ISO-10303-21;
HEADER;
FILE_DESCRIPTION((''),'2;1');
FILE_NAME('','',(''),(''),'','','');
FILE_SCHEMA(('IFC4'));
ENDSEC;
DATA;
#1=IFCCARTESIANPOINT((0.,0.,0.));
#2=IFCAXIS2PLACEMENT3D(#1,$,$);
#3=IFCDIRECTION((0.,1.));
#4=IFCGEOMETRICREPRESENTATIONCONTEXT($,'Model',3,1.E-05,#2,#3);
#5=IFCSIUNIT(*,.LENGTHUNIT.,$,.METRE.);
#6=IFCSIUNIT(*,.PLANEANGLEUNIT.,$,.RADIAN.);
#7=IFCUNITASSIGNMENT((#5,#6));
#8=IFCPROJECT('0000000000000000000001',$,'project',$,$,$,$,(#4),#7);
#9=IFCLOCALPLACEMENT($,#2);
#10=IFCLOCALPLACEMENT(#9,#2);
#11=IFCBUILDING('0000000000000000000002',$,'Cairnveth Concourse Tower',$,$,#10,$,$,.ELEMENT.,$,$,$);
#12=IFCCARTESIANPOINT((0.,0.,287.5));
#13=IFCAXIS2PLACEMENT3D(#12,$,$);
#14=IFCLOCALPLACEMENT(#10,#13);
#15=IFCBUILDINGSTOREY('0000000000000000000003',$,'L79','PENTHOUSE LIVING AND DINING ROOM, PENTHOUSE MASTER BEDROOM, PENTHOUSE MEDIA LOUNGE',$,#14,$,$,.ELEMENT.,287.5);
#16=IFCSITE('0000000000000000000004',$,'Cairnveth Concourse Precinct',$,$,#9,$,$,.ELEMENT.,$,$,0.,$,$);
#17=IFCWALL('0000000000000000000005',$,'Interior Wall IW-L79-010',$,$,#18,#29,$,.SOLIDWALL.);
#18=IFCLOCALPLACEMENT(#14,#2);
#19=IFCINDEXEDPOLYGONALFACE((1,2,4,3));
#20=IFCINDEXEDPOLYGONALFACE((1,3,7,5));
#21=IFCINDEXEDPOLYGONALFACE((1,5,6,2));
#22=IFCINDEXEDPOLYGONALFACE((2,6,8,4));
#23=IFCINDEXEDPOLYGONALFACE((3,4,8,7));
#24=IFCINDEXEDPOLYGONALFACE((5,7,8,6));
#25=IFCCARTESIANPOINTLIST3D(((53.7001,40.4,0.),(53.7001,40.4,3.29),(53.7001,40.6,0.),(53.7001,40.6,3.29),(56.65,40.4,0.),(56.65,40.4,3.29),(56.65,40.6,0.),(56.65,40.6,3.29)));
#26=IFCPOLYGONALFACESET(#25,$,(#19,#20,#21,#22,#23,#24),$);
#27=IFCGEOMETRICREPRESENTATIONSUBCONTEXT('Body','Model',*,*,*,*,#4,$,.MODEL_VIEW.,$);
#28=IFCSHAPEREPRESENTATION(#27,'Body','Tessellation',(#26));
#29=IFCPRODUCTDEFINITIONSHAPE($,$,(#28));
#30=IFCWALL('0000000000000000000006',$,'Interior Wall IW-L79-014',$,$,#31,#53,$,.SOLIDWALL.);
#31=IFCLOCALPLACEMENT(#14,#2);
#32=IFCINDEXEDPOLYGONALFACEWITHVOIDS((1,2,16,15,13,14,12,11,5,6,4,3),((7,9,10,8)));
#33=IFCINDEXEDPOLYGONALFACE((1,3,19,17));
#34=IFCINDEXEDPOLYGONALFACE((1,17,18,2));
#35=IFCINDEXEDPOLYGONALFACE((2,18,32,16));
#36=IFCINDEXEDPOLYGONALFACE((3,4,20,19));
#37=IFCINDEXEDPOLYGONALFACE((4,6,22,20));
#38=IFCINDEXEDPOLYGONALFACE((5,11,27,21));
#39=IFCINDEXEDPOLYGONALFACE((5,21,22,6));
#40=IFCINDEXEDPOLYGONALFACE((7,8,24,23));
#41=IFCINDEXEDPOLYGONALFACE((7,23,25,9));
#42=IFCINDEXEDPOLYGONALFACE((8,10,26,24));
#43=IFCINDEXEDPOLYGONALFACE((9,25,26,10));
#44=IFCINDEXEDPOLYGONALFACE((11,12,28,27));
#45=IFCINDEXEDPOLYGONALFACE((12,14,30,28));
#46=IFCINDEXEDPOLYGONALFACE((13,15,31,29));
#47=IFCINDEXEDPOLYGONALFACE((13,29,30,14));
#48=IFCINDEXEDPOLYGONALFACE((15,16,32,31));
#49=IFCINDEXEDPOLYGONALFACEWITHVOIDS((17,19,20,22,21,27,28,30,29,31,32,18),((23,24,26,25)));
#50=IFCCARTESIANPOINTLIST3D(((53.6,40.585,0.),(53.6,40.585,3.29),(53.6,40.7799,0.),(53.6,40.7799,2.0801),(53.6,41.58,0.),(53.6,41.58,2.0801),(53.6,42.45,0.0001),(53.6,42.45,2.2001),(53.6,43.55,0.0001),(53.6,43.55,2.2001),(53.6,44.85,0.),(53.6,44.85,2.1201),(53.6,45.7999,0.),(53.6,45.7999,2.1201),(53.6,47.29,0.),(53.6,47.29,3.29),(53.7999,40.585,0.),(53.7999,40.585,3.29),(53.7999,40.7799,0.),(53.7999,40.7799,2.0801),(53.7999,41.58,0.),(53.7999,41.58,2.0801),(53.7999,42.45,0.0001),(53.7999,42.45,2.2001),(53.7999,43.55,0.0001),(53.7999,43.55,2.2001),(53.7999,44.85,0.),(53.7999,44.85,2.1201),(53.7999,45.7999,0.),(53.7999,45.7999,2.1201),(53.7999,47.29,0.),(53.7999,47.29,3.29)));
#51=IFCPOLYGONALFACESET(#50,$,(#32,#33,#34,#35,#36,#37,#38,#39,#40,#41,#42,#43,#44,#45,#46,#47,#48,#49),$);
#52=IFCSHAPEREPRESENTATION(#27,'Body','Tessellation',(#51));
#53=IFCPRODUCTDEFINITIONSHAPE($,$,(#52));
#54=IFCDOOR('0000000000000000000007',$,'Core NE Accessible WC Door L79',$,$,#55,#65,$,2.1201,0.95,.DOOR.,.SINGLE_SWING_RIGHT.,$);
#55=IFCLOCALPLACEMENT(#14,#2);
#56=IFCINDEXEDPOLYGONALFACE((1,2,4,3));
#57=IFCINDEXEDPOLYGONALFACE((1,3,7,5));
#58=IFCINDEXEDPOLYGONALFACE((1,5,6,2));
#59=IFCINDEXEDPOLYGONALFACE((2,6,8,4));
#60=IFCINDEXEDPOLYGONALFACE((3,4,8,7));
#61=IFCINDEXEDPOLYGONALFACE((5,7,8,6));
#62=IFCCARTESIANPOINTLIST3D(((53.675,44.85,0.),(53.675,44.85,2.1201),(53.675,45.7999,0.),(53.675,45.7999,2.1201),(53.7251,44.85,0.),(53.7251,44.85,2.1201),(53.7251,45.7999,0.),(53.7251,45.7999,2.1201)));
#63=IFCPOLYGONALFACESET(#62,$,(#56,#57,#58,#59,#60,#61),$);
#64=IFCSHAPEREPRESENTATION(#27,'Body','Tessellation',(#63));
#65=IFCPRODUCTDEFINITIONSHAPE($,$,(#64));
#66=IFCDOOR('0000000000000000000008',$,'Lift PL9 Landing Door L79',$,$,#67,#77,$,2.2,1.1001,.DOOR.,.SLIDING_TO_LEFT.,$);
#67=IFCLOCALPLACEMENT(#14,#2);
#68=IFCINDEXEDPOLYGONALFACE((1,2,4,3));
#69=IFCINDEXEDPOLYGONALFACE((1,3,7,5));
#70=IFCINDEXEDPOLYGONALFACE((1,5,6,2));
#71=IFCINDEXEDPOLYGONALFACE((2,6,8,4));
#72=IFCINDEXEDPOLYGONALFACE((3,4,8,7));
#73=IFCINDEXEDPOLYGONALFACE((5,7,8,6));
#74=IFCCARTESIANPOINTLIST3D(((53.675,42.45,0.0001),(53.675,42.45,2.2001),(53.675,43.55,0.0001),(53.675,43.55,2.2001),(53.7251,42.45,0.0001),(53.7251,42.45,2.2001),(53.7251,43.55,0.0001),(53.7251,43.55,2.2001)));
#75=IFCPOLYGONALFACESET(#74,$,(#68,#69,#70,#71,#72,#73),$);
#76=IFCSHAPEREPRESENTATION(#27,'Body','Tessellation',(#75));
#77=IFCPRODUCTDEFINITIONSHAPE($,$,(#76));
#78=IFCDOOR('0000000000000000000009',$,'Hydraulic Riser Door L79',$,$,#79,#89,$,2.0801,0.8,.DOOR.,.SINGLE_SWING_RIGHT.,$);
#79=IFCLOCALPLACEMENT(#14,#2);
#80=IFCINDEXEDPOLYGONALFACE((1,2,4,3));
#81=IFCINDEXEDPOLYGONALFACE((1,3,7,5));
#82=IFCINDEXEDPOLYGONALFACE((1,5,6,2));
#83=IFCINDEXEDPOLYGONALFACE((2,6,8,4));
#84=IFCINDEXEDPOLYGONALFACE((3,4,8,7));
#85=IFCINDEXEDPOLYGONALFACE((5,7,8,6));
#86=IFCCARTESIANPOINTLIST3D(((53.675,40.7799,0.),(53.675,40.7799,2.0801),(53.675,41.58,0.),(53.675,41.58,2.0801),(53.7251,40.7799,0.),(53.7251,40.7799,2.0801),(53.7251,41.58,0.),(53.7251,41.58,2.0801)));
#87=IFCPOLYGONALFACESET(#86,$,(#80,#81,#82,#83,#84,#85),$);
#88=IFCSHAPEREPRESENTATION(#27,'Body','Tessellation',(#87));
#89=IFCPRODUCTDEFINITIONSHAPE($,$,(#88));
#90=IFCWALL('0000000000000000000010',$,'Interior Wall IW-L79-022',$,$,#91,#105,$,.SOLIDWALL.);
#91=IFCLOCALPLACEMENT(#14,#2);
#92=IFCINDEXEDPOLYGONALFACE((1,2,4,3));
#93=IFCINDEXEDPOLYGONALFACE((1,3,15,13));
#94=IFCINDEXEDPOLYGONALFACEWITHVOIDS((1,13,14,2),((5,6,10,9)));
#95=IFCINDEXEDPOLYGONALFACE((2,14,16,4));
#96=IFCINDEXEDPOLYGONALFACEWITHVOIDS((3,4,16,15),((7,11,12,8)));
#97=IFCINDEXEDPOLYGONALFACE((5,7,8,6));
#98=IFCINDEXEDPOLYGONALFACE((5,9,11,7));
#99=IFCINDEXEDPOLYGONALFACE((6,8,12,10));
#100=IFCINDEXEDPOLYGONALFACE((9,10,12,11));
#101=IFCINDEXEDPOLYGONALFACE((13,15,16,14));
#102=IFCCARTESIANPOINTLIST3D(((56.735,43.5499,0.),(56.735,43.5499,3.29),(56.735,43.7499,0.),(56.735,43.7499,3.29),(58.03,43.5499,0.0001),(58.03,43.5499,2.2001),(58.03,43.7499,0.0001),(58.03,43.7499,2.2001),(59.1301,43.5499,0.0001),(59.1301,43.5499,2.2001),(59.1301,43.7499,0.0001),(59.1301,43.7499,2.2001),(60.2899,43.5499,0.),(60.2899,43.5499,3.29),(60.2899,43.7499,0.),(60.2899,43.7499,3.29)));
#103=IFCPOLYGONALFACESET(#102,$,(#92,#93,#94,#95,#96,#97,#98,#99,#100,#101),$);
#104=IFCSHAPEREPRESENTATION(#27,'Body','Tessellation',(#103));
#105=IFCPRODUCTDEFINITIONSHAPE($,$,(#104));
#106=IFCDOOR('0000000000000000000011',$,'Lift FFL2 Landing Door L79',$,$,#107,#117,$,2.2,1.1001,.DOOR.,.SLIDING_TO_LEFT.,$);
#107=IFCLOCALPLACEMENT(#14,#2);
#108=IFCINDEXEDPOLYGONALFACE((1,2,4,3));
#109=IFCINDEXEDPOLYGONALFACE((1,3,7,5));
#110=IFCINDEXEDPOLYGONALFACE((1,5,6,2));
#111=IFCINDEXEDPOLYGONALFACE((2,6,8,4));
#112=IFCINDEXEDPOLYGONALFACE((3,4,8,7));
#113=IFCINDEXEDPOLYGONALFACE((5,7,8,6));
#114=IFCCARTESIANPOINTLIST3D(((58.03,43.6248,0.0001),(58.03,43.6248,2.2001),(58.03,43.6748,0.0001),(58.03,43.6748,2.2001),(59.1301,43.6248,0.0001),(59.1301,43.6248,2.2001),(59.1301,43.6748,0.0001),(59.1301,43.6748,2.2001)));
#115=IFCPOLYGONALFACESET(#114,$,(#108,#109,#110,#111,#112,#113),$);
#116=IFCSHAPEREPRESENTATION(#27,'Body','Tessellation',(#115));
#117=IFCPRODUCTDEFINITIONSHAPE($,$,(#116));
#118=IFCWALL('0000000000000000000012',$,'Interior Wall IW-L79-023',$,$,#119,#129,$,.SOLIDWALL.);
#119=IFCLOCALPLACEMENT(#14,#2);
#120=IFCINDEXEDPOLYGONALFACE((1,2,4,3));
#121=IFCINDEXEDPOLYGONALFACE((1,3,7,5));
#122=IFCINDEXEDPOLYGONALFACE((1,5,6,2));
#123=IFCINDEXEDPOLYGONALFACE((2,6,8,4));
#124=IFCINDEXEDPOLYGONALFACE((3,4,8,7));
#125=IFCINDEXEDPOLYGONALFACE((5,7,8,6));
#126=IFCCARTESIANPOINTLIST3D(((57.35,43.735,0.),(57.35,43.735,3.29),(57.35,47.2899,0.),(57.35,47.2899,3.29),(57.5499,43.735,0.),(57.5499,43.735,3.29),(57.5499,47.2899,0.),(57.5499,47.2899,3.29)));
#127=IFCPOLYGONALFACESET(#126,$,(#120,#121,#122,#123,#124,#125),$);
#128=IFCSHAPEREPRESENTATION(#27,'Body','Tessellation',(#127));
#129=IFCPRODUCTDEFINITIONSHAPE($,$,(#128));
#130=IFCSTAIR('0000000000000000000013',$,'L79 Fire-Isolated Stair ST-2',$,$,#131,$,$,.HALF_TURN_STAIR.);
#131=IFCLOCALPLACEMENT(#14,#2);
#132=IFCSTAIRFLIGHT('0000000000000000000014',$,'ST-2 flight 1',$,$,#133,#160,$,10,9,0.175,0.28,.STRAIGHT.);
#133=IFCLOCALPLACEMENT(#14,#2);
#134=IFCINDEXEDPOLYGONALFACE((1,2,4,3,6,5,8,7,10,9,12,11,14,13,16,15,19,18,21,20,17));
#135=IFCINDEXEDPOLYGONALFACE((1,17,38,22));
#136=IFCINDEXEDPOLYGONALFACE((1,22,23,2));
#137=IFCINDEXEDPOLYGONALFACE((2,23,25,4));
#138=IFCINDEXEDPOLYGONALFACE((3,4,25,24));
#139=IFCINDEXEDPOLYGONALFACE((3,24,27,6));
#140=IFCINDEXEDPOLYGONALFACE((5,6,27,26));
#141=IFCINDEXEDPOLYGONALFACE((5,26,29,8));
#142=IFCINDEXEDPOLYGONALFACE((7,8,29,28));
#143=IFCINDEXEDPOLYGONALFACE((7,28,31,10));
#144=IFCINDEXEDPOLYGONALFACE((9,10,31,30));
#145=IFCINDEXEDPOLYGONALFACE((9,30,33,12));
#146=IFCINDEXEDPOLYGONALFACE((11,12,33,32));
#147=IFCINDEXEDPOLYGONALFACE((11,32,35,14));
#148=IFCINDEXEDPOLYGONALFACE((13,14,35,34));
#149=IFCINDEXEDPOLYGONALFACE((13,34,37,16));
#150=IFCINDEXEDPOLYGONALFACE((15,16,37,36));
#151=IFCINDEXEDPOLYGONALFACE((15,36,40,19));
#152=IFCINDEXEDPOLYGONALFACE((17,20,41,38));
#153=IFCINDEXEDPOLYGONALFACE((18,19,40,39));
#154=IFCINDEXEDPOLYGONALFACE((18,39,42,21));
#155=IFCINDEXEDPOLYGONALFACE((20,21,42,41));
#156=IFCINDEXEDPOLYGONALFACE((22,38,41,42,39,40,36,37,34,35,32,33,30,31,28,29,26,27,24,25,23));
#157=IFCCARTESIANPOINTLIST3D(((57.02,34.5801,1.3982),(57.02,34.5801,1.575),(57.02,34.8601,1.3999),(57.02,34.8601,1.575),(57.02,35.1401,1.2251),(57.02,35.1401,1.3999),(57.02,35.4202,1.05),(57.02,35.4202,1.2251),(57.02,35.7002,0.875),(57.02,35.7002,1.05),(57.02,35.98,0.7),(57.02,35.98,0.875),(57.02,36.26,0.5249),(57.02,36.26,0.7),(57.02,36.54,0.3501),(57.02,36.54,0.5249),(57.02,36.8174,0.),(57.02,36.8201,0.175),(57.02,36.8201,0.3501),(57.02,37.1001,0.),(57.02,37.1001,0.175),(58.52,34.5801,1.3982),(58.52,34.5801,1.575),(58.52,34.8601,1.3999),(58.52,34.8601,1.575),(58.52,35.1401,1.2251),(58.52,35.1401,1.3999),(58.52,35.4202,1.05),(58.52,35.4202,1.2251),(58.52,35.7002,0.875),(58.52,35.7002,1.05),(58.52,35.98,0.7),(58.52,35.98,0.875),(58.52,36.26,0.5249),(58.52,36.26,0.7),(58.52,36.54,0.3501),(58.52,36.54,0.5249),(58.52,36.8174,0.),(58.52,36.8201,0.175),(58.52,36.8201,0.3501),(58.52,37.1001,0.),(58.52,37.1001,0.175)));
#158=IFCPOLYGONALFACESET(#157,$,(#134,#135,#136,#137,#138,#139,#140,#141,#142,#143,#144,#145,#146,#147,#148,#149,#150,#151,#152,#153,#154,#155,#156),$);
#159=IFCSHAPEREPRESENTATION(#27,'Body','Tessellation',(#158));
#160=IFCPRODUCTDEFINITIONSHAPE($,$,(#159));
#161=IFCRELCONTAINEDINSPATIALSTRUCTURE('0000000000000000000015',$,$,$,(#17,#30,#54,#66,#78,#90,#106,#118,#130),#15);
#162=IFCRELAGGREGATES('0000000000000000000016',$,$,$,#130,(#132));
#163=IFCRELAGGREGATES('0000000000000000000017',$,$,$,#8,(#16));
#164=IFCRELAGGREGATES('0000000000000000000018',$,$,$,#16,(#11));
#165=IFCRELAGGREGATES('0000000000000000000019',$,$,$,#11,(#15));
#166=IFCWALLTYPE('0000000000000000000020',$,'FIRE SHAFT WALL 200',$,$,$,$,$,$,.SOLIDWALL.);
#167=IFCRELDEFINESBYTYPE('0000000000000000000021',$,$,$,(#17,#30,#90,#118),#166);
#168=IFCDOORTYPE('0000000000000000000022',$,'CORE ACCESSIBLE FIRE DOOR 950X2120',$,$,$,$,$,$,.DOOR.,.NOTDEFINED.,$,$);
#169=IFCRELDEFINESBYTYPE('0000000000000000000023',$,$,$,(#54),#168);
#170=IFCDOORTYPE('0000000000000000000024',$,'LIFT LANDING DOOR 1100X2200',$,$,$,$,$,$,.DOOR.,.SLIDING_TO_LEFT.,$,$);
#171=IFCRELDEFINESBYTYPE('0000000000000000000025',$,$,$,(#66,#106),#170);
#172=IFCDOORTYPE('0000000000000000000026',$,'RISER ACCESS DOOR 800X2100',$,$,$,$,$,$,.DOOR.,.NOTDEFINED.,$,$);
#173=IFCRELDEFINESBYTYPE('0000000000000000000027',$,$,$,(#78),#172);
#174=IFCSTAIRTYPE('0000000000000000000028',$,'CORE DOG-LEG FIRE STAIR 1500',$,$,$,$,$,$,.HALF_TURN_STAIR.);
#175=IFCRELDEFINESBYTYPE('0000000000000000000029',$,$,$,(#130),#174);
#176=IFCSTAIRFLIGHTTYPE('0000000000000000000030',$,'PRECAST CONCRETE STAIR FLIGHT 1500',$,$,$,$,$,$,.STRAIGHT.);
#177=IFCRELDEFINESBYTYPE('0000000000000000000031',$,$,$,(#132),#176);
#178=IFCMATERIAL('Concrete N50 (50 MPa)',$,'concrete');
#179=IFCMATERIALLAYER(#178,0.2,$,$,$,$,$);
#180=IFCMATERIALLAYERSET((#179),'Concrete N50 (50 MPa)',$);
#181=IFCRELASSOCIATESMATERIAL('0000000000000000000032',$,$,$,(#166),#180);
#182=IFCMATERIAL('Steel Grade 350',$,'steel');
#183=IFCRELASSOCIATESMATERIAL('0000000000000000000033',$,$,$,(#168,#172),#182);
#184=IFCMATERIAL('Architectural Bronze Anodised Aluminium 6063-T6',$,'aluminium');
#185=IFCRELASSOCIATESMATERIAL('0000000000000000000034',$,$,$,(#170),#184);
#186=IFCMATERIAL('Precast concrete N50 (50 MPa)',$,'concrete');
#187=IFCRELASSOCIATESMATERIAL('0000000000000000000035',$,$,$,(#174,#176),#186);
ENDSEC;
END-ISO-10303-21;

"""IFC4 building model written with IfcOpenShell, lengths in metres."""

from ifc_helpers import new_model, si_unit, direction, frame, frame_2d, origin, place, context, subcontext, project, spatial, polyline, rectangle, outline, extrude, material, layer, layer_set, type_object, element, fill, aggregate, save


model = new_model("IFC4")

# Units and contexts
model_context = context("Model", 3, precision=1e-05, world=origin(), true_north=direction((0.0, 1.0)))
body_context = subcontext(model_context, "Body", "Model", "MODEL_VIEW")
ifc_project = project(units=[si_unit("LENGTHUNIT", "METRE"), si_unit("PLANEANGLEUNIT", "RADIAN")], contexts=[model_context])

# Site, building, storey
site_placement = place(None, origin())
site = spatial("IfcSite", under=ifc_project, at=site_placement, Name="Cairnveth Concourse Precinct", CompositionType="ELEMENT", RefElevation=0.0)
building_placement = place(site_placement, origin())
building = spatial("IfcBuilding", under=site, at=building_placement, Name="Cairnveth Concourse Tower", CompositionType="ELEMENT")
storey_placement = place(building_placement, frame((0.0, 0.0, 287.5)))
storey = spatial("IfcBuildingStorey", under=building, at=storey_placement, Name="L79", Description="PENTHOUSE LIVING AND DINING ROOM, PENTHOUSE MASTER BEDROOM, PENTHOUSE MEDIA LOUNGE", CompositionType="ELEMENT", Elevation=287.5)

# Shared definitions
ifc_material_1 = material(Name="Steel Grade 350", Category="steel")

# Shared definitions
ifc_material_2 = material(Name="Concrete N50 (50 MPa)", Category="concrete")

# Wall
ifc_layer_1 = layer(ifc_material_2, 0.2)
ifc_layer_set_1 = layer_set([ifc_layer_1], Name="Concrete N50 (50 MPa)")
wall_type_1 = type_object("IfcWallType", Name="FIRE SHAFT WALL 200", PredefinedType="SOLIDWALL", material=ifc_layer_set_1)
for number, where, z_axis, x_axis, name in (
    (1, (53.7, 40.5, 0.0), (0.0, 0.0, 1.0), (1.0, 0.0, 0.0), "Interior Wall IW-L79-010"),
):
    element("IfcWall", number, at=place(storey_placement, frame(where, z_axis=z_axis, x_axis=x_axis)), inside=storey, type_object=wall_type_1, Name=name, PredefinedType="SOLIDWALL", context=body_context, shape_type="SweptSolid", body=[
        extrude(rectangle(XDim=2.95, YDim=0.2, at=frame_2d((1.4751, 0.0))), origin(), (0.0, 0.0, 1.0), 3.29),
    ])

# Wall, openings, doors
wall_1_placement = place(storey_placement, frame((53.7, 40.585, 0.0), z_axis=(0.0, 0.0, 1.0), x_axis=(0.0, 1.0, 0.0)))
wall_1 = element("IfcWall", 2, at=wall_1_placement, inside=storey, type_object=wall_type_1, Name="Interior Wall IW-L79-014", PredefinedType="SOLIDWALL", context=body_context, shape_type="SweptSolid", body=[
    extrude(rectangle(XDim=6.7051, YDim=0.2, at=frame_2d((3.3525, 0.0))), origin(), (0.0, 0.0, 1.0), 3.29),
])
opening_1_placement = place(wall_1_placement, frame((0.1951, 0.0, 0.0)))
opening_1 = element("IfcOpeningElement", 3, at=opening_1_placement, cuts=wall_1, PredefinedType="OPENING", context=body_context, shape_type="SweptSolid", body=[
    extrude(rectangle(XDim=0.8, YDim=2.0801, at=frame_2d((0.3999, 1.04))), frame((0.0, 0.1099, 0.0), z_axis=(0.0, -1.0, 0.0), x_axis=(1.0, 0.0, 0.0)), (0.0, 0.0, 1.0), 0.22),
])
opening_2_placement = place(wall_1_placement, frame((1.865, 0.0, 0.0)))
opening_2 = element("IfcOpeningElement", 4, at=opening_2_placement, cuts=wall_1, PredefinedType="OPENING", context=body_context, shape_type="SweptSolid", body=[
    extrude(rectangle(XDim=1.1001, YDim=2.2, at=frame_2d((0.55, 1.1001))), frame((0.0, 0.1099, 0.0), z_axis=(0.0, -1.0, 0.0), x_axis=(1.0, 0.0, 0.0)), (0.0, 0.0, 1.0), 0.22),
])
opening_3_placement = place(wall_1_placement, frame((4.2649, 0.0, 0.0)))
opening_3 = element("IfcOpeningElement", 5, at=opening_3_placement, cuts=wall_1, PredefinedType="OPENING", context=body_context, shape_type="SweptSolid", body=[
    extrude(rectangle(XDim=0.95, YDim=2.1201, at=frame_2d((0.4751, 1.0601))), frame((0.0, 0.1099, 0.0), z_axis=(0.0, -1.0, 0.0), x_axis=(1.0, 0.0, 0.0)), (0.0, 0.0, 1.0), 0.22),
])
door_type_1 = type_object("IfcDoorType", Name="CORE ACCESSIBLE FIRE DOOR 950X2120", OperationType="NOTDEFINED", PredefinedType="DOOR", material=ifc_material_1)
door_1_placement = place(opening_3_placement, origin())
door_1 = element("IfcDoor", 6, at=door_1_placement, inside=storey, type_object=door_type_1, Name="Core NE Accessible WC Door L79", OperationType="SINGLE_SWING_RIGHT", OverallHeight=2.1201, OverallWidth=0.95, PredefinedType="DOOR", context=body_context, shape_type="SweptSolid", body=[
    extrude(rectangle(XDim=0.95, YDim=2.1201, at=frame_2d((0.4751, 1.0601))), frame((0.0, 0.0249, 0.0), z_axis=(0.0, -1.0, 0.0), x_axis=(1.0, 0.0, 0.0)), (0.0, 0.0, 1.0), 0.05),
])
fill(opening_3, door_1)
ifc_material_3 = material(Name="Architectural Bronze Anodised Aluminium 6063-T6", Category="aluminium")
door_type_2 = type_object("IfcDoorType", Name="LIFT LANDING DOOR 1100X2200", OperationType="SLIDING_TO_LEFT", PredefinedType="DOOR", material=ifc_material_3)
door_2_placement = place(opening_2_placement, origin())
door_2 = element("IfcDoor", 7, at=door_2_placement, inside=storey, type_object=door_type_2, Name="Lift PL9 Landing Door L79", OperationType="SLIDING_TO_LEFT", OverallHeight=2.2, OverallWidth=1.1001, PredefinedType="DOOR", context=body_context, shape_type="SweptSolid", body=[
    extrude(rectangle(XDim=1.1001, YDim=2.2, at=frame_2d((0.55, 1.1001))), frame((0.0, 0.0249, 0.0), z_axis=(0.0, -1.0, 0.0), x_axis=(1.0, 0.0, 0.0)), (0.0, 0.0, 1.0), 0.05),
])
fill(opening_2, door_2)
door_type_3 = type_object("IfcDoorType", Name="RISER ACCESS DOOR 800X2100", OperationType="NOTDEFINED", PredefinedType="DOOR", material=ifc_material_1)
door_3_placement = place(opening_1_placement, origin())
door_3 = element("IfcDoor", 8, at=door_3_placement, inside=storey, type_object=door_type_3, Name="Hydraulic Riser Door L79", OperationType="SINGLE_SWING_RIGHT", OverallHeight=2.0801, OverallWidth=0.8, PredefinedType="DOOR", context=body_context, shape_type="SweptSolid", body=[
    extrude(rectangle(XDim=0.8, YDim=2.0801, at=frame_2d((0.3999, 1.04))), frame((0.0, 0.0249, 0.0), z_axis=(0.0, -1.0, 0.0), x_axis=(1.0, 0.0, 0.0)), (0.0, 0.0, 1.0), 0.05),
])
fill(opening_1, door_3)

# Wall, opening, door
wall_2_placement = place(storey_placement, frame((56.7351, 43.6499, 0.0), z_axis=(0.0, 0.0, 1.0), x_axis=(1.0, 0.0, 0.0)))
wall_2 = element("IfcWall", 9, at=wall_2_placement, inside=storey, type_object=wall_type_1, Name="Interior Wall IW-L79-022", PredefinedType="SOLIDWALL", context=body_context, shape_type="SweptSolid", body=[
    extrude(rectangle(XDim=3.5549, YDim=0.2, at=frame_2d((1.7773, 0.0))), origin(), (0.0, 0.0, 1.0), 3.29),
])
opening_4_placement = place(wall_2_placement, frame((1.2949, 0.0, 0.0)))
opening_4 = element("IfcOpeningElement", 10, at=opening_4_placement, cuts=wall_2, PredefinedType="OPENING", context=body_context, shape_type="SweptSolid", body=[
    extrude(rectangle(XDim=1.1001, YDim=2.2, at=frame_2d((0.55, 1.1001))), frame((0.0, 0.1099, 0.0), z_axis=(0.0, -1.0, 0.0), x_axis=(1.0, 0.0, 0.0)), (0.0, 0.0, 1.0), 0.22),
])
door_4_placement = place(opening_4_placement, origin())
door_4 = element("IfcDoor", 11, at=door_4_placement, inside=storey, type_object=door_type_2, Name="Lift FFL2 Landing Door L79", OperationType="SLIDING_TO_LEFT", OverallHeight=2.2, OverallWidth=1.1001, PredefinedType="DOOR", context=body_context, shape_type="SweptSolid", body=[
    extrude(rectangle(XDim=1.1001, YDim=2.2, at=frame_2d((0.55, 1.1001))), frame((0.0, 0.0249, 0.0), z_axis=(0.0, -1.0, 0.0), x_axis=(1.0, 0.0, 0.0)), (0.0, 0.0, 1.0), 0.05),
])
fill(opening_4, door_4)

# Wall
wall_3_placement = place(storey_placement, frame((57.45, 43.7351, 0.0), z_axis=(0.0, 0.0, 1.0), x_axis=(0.0, 1.0, 0.0)))
element("IfcWall", 12, at=wall_3_placement, inside=storey, type_object=wall_type_1, Name="Interior Wall IW-L79-023", PredefinedType="SOLIDWALL", context=body_context, shape_type="SweptSolid", body=[
    extrude(rectangle(XDim=3.5549, YDim=0.2, at=frame_2d((1.7773, 0.0))), origin(), (0.0, 0.0, 1.0), 3.29),
])

# Stair, stair flight
ifc_material_4 = material(Name="Precast concrete N50 (50 MPa)", Category="concrete")
stair_type = type_object("IfcStairType", Name="CORE DOG-LEG FIRE STAIR 1500", PredefinedType="HALF_TURN_STAIR", material=ifc_material_4)
stair_placement = place(storey_placement, origin())
stair = element("IfcStair", 13, at=stair_placement, inside=storey, type_object=stair_type, Name="L79 Fire-Isolated Stair ST-2", PredefinedType="HALF_TURN_STAIR")
stair_flight_type = type_object("IfcStairFlightType", Name="PRECAST CONCRETE STAIR FLIGHT 1500", PredefinedType="STRAIGHT", material=ifc_material_4)
stair_flight_placement = place(storey_placement, frame((57.77, 37.1001, 0.0), z_axis=(0.0, 0.0, 1.0), x_axis=(0.0, -1.0, 0.0)))
stair_flight = element("IfcStairFlight", 14, at=stair_flight_placement, type_object=stair_flight_type, Name="ST-2 flight 1", NumberOfRisers=10, NumberOfTreads=9, PredefinedType="STRAIGHT", RiserHeight=0.175, TreadLength=0.28, context=body_context, shape_type="SweptSolid", body=[
    extrude(outline(polyline([(0.0, 0.0), (0.0, 0.175), (0.28, 0.175), (0.28, 0.3501), (0.5601, 0.3501), (0.5601, 0.5249), (0.8401, 0.5249), (0.8401, 0.7), (1.1201, 0.7), (1.1201, 0.875), (1.3999, 0.875), (1.3999, 1.05), (1.6799, 1.05), (1.6799, 1.2251), (1.96, 1.2251), (1.96, 1.3999), (2.24, 1.3999), (2.24, 1.575), (2.52, 1.575), (2.52, 1.75), (2.52, 1.3982), (0.2827, 0.0), (0.0, 0.0)])), frame((0.0, 0.75, 0.0), z_axis=(0.0, -1.0, 0.0), x_axis=(1.0, 0.0, 0.0)), (0.0, 0.0, 1.0), 1.5),
])
aggregate(stair, [stair_flight])

save(model, "model.ifc")
